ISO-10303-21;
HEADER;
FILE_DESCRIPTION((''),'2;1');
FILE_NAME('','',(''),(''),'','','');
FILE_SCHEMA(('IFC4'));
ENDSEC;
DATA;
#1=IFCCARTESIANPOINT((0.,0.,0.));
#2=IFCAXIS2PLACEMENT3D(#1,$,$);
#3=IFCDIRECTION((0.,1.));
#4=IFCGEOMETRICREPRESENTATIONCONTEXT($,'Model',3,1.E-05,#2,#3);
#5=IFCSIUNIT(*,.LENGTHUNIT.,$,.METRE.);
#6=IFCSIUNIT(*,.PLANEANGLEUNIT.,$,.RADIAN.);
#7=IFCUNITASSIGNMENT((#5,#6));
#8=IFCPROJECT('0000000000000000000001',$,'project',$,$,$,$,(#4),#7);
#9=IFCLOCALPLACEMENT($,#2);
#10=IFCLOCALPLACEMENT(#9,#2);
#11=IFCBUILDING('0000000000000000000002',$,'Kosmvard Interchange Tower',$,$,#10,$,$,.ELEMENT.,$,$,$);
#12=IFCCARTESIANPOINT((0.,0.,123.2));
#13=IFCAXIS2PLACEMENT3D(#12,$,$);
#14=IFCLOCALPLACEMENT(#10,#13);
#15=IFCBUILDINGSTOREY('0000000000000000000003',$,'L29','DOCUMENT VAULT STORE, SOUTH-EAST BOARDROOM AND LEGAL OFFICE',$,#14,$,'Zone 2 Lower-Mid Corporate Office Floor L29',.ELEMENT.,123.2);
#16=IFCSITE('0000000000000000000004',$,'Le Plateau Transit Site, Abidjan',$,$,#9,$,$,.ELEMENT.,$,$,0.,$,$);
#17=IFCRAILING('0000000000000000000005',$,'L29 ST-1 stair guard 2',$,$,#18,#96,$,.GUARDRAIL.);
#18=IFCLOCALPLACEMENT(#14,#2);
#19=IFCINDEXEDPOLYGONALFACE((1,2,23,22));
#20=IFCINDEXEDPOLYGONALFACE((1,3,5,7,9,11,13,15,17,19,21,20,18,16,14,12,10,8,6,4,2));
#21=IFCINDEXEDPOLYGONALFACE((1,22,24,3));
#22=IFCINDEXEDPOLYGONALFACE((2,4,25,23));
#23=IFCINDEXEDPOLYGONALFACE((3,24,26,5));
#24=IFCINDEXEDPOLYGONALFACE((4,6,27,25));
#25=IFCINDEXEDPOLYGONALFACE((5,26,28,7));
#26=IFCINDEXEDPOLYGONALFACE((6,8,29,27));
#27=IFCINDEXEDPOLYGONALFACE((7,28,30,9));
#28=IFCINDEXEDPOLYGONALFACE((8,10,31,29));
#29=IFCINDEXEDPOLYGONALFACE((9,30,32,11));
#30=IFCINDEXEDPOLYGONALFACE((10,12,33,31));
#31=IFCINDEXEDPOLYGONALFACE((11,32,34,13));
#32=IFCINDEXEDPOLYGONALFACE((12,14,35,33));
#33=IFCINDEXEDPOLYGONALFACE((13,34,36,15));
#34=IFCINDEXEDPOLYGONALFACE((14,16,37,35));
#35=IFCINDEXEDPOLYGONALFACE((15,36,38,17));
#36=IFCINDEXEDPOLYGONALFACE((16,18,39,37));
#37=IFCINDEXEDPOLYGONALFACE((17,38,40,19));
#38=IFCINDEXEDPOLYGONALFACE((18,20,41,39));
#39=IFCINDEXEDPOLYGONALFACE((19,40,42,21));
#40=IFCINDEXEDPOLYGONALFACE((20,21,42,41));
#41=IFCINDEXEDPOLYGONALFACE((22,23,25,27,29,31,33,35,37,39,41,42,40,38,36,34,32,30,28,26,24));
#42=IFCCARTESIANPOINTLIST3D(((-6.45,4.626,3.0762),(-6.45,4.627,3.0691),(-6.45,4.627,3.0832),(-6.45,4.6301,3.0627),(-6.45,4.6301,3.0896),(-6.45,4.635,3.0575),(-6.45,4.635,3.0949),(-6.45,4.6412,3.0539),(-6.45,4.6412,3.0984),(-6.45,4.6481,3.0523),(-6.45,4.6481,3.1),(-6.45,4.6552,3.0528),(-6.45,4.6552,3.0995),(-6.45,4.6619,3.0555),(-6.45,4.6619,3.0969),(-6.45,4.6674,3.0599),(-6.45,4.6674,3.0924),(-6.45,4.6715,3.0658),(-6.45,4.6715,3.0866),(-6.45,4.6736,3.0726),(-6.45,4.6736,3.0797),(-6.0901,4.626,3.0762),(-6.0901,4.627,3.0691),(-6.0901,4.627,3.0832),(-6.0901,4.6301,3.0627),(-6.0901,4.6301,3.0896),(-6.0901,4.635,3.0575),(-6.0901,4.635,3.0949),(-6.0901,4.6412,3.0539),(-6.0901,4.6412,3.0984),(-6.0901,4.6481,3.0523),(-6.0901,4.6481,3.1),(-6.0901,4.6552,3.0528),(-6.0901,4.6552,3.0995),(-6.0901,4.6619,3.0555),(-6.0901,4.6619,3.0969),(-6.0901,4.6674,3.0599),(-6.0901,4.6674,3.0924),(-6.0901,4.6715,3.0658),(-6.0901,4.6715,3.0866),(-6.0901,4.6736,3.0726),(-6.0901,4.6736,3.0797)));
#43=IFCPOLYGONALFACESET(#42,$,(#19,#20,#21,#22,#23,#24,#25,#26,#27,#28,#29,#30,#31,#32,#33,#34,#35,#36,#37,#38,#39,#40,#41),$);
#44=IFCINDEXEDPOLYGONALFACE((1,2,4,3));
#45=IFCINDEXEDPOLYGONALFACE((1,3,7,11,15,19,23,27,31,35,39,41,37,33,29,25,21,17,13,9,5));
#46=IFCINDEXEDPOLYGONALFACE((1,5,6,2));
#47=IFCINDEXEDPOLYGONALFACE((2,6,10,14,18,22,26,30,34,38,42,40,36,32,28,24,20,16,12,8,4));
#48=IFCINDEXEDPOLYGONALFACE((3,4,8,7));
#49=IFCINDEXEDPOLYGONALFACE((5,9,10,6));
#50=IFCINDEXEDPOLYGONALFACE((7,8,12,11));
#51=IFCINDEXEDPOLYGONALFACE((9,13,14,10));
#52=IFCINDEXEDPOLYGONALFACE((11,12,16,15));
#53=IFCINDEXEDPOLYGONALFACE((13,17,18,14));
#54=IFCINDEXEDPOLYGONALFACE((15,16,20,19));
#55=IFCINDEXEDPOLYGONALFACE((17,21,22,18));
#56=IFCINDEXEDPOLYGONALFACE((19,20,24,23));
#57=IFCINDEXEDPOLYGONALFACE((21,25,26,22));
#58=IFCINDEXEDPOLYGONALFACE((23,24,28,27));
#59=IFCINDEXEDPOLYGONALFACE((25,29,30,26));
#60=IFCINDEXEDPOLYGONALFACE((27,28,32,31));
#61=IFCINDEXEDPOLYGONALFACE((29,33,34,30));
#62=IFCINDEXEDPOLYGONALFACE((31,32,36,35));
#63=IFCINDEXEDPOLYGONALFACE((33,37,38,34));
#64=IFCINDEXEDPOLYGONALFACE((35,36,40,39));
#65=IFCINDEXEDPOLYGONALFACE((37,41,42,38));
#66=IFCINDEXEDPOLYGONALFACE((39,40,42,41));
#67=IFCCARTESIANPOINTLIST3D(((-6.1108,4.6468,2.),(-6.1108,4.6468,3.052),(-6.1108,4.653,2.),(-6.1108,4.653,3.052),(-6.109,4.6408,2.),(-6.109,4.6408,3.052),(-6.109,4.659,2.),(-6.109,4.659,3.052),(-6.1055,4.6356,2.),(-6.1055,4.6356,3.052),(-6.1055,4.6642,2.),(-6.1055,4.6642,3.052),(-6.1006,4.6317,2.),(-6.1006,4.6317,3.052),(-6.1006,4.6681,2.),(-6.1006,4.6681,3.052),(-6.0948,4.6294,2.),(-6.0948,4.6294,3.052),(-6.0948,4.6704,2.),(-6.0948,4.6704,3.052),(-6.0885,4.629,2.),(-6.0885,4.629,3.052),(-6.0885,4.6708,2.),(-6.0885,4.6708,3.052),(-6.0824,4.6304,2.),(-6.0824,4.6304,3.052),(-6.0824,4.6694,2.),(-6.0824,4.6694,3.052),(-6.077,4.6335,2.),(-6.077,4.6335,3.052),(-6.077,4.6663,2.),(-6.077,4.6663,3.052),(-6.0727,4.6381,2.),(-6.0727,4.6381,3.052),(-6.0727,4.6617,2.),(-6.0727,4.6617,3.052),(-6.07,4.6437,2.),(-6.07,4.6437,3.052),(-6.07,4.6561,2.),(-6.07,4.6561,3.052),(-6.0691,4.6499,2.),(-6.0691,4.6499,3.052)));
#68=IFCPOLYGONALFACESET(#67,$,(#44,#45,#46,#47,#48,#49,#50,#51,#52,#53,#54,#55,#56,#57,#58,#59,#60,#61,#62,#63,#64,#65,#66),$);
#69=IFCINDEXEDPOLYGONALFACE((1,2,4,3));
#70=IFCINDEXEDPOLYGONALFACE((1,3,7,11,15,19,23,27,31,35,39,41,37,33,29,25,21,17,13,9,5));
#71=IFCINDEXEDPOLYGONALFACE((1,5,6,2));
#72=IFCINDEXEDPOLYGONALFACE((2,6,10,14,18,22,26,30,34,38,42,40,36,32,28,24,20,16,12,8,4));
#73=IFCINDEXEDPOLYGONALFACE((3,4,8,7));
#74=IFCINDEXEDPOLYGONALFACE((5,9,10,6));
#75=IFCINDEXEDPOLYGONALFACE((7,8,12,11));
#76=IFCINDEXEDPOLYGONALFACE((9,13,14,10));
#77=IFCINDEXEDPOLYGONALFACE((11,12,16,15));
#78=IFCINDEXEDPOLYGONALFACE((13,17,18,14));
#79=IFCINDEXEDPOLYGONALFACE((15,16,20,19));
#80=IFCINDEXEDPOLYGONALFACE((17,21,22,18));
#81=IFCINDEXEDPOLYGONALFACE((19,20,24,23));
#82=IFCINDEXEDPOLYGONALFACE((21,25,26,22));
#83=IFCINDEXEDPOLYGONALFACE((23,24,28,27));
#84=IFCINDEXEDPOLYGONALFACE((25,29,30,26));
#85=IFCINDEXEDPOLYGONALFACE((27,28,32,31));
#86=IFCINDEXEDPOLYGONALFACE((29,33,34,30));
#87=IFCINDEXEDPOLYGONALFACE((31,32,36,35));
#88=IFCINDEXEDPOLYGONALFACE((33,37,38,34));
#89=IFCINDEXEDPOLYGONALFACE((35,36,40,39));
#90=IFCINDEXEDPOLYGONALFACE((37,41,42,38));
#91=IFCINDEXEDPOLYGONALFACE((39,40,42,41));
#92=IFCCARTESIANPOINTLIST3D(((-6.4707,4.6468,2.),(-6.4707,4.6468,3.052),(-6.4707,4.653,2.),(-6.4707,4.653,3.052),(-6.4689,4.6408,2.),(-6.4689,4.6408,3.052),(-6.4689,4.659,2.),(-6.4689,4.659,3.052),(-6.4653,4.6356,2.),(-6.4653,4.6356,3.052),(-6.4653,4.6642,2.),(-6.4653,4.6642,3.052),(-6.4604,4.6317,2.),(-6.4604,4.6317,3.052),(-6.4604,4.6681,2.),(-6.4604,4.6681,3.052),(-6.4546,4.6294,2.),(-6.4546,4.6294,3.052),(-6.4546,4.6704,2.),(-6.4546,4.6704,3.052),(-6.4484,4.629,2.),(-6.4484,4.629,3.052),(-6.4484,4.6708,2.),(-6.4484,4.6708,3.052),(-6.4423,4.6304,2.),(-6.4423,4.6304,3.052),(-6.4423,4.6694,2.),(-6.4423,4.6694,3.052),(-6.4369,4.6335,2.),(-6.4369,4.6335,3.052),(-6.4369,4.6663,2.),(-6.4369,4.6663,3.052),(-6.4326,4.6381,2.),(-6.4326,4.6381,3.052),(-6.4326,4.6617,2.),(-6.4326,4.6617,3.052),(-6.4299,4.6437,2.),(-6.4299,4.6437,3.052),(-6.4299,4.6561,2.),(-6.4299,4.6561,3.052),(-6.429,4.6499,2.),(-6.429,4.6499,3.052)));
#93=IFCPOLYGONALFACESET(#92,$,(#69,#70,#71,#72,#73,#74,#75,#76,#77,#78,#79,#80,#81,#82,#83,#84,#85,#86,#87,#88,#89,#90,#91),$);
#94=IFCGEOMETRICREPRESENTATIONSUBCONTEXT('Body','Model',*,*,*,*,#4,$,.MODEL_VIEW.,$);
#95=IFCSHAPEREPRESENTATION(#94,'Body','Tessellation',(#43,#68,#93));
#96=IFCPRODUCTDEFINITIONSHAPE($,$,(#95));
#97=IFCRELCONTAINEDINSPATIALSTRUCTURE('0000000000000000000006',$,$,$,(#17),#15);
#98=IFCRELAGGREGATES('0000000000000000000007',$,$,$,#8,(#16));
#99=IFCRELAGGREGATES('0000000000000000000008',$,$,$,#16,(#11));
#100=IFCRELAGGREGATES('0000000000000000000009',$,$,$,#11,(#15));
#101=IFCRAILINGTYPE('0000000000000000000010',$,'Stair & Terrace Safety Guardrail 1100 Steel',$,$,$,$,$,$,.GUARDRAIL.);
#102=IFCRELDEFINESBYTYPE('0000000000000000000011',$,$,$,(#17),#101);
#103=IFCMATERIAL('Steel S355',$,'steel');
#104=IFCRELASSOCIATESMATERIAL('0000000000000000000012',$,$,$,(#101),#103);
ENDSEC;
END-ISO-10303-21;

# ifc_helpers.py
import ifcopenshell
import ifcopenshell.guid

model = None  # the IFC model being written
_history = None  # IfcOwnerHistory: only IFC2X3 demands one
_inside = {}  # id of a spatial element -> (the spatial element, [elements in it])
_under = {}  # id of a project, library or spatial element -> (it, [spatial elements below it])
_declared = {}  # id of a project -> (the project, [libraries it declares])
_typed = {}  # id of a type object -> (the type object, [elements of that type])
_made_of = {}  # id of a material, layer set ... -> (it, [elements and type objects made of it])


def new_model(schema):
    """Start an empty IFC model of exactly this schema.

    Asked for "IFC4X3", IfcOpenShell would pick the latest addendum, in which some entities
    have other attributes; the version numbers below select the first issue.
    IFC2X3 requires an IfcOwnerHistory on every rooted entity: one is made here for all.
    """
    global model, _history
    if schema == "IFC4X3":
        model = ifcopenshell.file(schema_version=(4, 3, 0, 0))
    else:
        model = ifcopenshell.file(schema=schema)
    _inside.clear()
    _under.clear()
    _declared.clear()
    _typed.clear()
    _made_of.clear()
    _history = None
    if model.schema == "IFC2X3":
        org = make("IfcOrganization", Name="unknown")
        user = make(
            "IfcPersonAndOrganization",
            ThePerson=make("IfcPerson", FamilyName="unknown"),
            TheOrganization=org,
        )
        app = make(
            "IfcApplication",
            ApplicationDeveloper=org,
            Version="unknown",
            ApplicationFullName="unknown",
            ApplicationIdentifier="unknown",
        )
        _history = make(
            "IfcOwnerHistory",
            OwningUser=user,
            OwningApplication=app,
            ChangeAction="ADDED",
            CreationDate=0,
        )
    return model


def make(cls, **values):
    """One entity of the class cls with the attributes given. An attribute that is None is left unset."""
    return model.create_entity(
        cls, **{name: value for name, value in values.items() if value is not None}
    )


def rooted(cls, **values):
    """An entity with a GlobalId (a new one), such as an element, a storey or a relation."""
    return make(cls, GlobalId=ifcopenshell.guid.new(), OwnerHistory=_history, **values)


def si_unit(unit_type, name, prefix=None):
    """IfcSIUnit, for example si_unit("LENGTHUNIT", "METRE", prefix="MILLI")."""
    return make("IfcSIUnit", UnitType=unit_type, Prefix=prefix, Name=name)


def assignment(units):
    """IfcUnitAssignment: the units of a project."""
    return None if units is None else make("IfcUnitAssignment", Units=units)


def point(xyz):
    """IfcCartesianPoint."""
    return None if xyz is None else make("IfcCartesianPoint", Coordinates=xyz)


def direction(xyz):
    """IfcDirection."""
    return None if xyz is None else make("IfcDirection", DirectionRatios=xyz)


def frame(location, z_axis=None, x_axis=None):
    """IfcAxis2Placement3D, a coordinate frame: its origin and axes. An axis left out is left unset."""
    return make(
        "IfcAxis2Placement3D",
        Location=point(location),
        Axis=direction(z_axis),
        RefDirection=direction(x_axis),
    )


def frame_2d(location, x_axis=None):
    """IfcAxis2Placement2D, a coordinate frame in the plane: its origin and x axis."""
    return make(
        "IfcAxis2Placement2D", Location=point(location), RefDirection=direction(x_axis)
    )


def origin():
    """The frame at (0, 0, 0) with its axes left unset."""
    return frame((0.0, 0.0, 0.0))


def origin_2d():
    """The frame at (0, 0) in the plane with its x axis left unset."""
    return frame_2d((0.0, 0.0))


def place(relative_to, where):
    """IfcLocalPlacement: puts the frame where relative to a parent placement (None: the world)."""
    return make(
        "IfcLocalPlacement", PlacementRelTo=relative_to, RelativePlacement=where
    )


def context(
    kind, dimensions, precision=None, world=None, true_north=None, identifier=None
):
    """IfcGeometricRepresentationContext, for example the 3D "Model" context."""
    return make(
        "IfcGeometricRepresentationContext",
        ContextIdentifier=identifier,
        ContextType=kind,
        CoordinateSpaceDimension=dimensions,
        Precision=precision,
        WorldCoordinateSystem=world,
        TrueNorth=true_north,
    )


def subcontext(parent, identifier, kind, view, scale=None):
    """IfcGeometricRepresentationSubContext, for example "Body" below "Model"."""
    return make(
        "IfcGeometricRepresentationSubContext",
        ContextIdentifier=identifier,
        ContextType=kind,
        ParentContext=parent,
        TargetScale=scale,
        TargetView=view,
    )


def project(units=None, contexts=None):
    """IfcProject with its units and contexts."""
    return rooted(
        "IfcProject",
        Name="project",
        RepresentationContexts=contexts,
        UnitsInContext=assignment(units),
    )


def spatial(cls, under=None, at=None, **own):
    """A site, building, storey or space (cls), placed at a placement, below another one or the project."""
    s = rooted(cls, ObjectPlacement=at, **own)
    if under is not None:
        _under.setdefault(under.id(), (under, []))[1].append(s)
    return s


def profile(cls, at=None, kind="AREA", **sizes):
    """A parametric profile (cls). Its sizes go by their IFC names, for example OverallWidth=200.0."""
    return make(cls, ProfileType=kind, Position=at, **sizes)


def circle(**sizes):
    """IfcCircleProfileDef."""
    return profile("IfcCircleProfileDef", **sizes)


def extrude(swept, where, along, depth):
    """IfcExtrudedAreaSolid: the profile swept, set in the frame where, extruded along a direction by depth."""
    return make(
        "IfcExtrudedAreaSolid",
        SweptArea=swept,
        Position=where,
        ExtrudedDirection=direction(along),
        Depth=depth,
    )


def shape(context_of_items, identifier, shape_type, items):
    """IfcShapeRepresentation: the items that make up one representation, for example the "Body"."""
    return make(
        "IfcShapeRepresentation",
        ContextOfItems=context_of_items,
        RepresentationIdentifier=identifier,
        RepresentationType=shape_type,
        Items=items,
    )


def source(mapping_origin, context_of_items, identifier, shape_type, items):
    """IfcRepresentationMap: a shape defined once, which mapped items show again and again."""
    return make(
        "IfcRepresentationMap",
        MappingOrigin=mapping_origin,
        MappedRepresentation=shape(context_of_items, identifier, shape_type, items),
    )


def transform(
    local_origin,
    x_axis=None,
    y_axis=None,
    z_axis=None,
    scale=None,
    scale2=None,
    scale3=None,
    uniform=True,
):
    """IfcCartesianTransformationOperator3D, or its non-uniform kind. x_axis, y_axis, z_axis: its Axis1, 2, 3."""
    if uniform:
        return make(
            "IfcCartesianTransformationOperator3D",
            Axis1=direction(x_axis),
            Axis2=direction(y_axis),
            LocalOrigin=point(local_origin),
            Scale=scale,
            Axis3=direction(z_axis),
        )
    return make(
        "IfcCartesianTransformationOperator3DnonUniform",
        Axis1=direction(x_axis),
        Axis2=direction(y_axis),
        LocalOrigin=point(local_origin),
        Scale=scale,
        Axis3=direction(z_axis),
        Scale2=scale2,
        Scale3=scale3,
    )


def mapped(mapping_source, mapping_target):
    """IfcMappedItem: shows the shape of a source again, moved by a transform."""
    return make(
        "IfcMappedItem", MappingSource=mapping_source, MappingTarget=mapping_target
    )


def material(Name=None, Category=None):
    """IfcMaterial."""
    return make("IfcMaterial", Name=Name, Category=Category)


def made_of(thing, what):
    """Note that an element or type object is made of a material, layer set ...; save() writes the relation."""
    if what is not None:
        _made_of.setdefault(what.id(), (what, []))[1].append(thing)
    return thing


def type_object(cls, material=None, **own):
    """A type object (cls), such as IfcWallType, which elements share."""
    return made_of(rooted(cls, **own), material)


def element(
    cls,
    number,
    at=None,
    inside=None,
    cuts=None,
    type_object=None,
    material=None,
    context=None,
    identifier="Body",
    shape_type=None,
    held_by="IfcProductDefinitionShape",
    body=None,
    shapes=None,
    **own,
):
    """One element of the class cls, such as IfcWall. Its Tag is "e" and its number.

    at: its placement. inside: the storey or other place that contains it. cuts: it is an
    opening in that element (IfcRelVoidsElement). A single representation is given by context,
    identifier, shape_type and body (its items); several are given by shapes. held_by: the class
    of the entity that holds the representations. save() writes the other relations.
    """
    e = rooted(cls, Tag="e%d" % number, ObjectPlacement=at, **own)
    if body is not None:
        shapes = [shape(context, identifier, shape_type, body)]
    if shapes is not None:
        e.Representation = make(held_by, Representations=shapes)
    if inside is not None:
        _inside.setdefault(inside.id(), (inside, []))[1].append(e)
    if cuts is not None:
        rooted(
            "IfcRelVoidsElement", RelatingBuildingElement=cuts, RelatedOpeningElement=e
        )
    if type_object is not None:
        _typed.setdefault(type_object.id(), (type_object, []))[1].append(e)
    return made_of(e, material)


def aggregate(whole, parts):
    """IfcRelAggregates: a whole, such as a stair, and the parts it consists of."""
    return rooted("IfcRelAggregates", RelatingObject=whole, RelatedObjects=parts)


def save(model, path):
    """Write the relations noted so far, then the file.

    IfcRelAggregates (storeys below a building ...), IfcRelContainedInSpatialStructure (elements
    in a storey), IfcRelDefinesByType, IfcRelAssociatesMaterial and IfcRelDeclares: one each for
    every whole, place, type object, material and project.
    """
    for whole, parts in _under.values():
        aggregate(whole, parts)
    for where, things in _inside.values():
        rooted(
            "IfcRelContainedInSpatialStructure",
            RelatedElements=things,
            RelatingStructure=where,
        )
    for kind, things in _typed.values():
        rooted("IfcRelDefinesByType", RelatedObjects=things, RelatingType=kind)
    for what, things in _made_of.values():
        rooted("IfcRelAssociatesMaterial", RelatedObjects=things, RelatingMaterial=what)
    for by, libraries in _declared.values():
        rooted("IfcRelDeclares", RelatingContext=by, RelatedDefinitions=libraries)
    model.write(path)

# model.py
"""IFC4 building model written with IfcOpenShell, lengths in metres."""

from ifc_helpers import new_model, si_unit, direction, frame, origin, origin_2d, place, context, subcontext, project, spatial, circle, extrude, source, transform, mapped, material, type_object, element, save


model = new_model("IFC4")

# Units and contexts
model_context = context("Model", 3, precision=1e-05, world=origin(), true_north=direction((0.0, 1.0)))
body_context = subcontext(model_context, "Body", "Model", "MODEL_VIEW")
ifc_project = project(units=[si_unit("LENGTHUNIT", "METRE"), si_unit("PLANEANGLEUNIT", "RADIAN")], contexts=[model_context])

# Site, building, storey
site_placement = place(None, origin())
site = spatial("IfcSite", under=ifc_project, at=site_placement, Name="Le Plateau Transit Site, Abidjan", CompositionType="ELEMENT", RefElevation=0.0)
building_placement = place(site_placement, origin())
building = spatial("IfcBuilding", under=site, at=building_placement, Name="Kosmvard Interchange Tower", CompositionType="ELEMENT")
storey_placement = place(building_placement, frame((0.0, 0.0, 123.2)))
storey = spatial("IfcBuildingStorey", under=building, at=storey_placement, Name="L29", Description="DOCUMENT VAULT STORE, SOUTH-EAST BOARDROOM AND LEGAL OFFICE", LongName="Zone 2 Lower-Mid Corporate Office Floor L29", CompositionType="ELEMENT", Elevation=123.2)

# Shared definitions
ifc_material_1 = material(Name="Steel S355", Category="steel")

# Railing
railing_type_1 = type_object("IfcRailingType", Name="Stair & Terrace Safety Guardrail 1100 Steel", PredefinedType="GUARDRAIL", material=ifc_material_1)
shared_shape_1 = source(origin(), body_context, "Body", "SweptSolid", [
    extrude(circle(Radius=0.0239, at=origin_2d()), frame((0.0, 0.0, 1.0762), z_axis=(-1.0, 0.0, 0.0), x_axis=(0.0, -1.0, 0.0)), (0.0, 0.0, 1.0), 0.3599),
    extrude(circle(Radius=0.021, at=origin_2d()), origin(), (0.0, 0.0, 1.0), 1.052),
    extrude(circle(Radius=0.021, at=origin_2d()), frame((-0.3599, 0.0, 0.0)), (0.0, 0.0, 1.0), 1.052),
])
railing_1_placement = place(storey_placement, frame((-6.0901, 4.6499, 2.0)))
element("IfcRailing", 1, at=railing_1_placement, inside=storey, type_object=railing_type_1, Name="L29 ST-1 stair guard 2", PredefinedType="GUARDRAIL", context=body_context, shape_type="MappedRepresentation", body=[
    mapped(shared_shape_1, transform((0.0, 0.0, 0.0), scale=1.0)),
])

save(model, "model.ifc")
